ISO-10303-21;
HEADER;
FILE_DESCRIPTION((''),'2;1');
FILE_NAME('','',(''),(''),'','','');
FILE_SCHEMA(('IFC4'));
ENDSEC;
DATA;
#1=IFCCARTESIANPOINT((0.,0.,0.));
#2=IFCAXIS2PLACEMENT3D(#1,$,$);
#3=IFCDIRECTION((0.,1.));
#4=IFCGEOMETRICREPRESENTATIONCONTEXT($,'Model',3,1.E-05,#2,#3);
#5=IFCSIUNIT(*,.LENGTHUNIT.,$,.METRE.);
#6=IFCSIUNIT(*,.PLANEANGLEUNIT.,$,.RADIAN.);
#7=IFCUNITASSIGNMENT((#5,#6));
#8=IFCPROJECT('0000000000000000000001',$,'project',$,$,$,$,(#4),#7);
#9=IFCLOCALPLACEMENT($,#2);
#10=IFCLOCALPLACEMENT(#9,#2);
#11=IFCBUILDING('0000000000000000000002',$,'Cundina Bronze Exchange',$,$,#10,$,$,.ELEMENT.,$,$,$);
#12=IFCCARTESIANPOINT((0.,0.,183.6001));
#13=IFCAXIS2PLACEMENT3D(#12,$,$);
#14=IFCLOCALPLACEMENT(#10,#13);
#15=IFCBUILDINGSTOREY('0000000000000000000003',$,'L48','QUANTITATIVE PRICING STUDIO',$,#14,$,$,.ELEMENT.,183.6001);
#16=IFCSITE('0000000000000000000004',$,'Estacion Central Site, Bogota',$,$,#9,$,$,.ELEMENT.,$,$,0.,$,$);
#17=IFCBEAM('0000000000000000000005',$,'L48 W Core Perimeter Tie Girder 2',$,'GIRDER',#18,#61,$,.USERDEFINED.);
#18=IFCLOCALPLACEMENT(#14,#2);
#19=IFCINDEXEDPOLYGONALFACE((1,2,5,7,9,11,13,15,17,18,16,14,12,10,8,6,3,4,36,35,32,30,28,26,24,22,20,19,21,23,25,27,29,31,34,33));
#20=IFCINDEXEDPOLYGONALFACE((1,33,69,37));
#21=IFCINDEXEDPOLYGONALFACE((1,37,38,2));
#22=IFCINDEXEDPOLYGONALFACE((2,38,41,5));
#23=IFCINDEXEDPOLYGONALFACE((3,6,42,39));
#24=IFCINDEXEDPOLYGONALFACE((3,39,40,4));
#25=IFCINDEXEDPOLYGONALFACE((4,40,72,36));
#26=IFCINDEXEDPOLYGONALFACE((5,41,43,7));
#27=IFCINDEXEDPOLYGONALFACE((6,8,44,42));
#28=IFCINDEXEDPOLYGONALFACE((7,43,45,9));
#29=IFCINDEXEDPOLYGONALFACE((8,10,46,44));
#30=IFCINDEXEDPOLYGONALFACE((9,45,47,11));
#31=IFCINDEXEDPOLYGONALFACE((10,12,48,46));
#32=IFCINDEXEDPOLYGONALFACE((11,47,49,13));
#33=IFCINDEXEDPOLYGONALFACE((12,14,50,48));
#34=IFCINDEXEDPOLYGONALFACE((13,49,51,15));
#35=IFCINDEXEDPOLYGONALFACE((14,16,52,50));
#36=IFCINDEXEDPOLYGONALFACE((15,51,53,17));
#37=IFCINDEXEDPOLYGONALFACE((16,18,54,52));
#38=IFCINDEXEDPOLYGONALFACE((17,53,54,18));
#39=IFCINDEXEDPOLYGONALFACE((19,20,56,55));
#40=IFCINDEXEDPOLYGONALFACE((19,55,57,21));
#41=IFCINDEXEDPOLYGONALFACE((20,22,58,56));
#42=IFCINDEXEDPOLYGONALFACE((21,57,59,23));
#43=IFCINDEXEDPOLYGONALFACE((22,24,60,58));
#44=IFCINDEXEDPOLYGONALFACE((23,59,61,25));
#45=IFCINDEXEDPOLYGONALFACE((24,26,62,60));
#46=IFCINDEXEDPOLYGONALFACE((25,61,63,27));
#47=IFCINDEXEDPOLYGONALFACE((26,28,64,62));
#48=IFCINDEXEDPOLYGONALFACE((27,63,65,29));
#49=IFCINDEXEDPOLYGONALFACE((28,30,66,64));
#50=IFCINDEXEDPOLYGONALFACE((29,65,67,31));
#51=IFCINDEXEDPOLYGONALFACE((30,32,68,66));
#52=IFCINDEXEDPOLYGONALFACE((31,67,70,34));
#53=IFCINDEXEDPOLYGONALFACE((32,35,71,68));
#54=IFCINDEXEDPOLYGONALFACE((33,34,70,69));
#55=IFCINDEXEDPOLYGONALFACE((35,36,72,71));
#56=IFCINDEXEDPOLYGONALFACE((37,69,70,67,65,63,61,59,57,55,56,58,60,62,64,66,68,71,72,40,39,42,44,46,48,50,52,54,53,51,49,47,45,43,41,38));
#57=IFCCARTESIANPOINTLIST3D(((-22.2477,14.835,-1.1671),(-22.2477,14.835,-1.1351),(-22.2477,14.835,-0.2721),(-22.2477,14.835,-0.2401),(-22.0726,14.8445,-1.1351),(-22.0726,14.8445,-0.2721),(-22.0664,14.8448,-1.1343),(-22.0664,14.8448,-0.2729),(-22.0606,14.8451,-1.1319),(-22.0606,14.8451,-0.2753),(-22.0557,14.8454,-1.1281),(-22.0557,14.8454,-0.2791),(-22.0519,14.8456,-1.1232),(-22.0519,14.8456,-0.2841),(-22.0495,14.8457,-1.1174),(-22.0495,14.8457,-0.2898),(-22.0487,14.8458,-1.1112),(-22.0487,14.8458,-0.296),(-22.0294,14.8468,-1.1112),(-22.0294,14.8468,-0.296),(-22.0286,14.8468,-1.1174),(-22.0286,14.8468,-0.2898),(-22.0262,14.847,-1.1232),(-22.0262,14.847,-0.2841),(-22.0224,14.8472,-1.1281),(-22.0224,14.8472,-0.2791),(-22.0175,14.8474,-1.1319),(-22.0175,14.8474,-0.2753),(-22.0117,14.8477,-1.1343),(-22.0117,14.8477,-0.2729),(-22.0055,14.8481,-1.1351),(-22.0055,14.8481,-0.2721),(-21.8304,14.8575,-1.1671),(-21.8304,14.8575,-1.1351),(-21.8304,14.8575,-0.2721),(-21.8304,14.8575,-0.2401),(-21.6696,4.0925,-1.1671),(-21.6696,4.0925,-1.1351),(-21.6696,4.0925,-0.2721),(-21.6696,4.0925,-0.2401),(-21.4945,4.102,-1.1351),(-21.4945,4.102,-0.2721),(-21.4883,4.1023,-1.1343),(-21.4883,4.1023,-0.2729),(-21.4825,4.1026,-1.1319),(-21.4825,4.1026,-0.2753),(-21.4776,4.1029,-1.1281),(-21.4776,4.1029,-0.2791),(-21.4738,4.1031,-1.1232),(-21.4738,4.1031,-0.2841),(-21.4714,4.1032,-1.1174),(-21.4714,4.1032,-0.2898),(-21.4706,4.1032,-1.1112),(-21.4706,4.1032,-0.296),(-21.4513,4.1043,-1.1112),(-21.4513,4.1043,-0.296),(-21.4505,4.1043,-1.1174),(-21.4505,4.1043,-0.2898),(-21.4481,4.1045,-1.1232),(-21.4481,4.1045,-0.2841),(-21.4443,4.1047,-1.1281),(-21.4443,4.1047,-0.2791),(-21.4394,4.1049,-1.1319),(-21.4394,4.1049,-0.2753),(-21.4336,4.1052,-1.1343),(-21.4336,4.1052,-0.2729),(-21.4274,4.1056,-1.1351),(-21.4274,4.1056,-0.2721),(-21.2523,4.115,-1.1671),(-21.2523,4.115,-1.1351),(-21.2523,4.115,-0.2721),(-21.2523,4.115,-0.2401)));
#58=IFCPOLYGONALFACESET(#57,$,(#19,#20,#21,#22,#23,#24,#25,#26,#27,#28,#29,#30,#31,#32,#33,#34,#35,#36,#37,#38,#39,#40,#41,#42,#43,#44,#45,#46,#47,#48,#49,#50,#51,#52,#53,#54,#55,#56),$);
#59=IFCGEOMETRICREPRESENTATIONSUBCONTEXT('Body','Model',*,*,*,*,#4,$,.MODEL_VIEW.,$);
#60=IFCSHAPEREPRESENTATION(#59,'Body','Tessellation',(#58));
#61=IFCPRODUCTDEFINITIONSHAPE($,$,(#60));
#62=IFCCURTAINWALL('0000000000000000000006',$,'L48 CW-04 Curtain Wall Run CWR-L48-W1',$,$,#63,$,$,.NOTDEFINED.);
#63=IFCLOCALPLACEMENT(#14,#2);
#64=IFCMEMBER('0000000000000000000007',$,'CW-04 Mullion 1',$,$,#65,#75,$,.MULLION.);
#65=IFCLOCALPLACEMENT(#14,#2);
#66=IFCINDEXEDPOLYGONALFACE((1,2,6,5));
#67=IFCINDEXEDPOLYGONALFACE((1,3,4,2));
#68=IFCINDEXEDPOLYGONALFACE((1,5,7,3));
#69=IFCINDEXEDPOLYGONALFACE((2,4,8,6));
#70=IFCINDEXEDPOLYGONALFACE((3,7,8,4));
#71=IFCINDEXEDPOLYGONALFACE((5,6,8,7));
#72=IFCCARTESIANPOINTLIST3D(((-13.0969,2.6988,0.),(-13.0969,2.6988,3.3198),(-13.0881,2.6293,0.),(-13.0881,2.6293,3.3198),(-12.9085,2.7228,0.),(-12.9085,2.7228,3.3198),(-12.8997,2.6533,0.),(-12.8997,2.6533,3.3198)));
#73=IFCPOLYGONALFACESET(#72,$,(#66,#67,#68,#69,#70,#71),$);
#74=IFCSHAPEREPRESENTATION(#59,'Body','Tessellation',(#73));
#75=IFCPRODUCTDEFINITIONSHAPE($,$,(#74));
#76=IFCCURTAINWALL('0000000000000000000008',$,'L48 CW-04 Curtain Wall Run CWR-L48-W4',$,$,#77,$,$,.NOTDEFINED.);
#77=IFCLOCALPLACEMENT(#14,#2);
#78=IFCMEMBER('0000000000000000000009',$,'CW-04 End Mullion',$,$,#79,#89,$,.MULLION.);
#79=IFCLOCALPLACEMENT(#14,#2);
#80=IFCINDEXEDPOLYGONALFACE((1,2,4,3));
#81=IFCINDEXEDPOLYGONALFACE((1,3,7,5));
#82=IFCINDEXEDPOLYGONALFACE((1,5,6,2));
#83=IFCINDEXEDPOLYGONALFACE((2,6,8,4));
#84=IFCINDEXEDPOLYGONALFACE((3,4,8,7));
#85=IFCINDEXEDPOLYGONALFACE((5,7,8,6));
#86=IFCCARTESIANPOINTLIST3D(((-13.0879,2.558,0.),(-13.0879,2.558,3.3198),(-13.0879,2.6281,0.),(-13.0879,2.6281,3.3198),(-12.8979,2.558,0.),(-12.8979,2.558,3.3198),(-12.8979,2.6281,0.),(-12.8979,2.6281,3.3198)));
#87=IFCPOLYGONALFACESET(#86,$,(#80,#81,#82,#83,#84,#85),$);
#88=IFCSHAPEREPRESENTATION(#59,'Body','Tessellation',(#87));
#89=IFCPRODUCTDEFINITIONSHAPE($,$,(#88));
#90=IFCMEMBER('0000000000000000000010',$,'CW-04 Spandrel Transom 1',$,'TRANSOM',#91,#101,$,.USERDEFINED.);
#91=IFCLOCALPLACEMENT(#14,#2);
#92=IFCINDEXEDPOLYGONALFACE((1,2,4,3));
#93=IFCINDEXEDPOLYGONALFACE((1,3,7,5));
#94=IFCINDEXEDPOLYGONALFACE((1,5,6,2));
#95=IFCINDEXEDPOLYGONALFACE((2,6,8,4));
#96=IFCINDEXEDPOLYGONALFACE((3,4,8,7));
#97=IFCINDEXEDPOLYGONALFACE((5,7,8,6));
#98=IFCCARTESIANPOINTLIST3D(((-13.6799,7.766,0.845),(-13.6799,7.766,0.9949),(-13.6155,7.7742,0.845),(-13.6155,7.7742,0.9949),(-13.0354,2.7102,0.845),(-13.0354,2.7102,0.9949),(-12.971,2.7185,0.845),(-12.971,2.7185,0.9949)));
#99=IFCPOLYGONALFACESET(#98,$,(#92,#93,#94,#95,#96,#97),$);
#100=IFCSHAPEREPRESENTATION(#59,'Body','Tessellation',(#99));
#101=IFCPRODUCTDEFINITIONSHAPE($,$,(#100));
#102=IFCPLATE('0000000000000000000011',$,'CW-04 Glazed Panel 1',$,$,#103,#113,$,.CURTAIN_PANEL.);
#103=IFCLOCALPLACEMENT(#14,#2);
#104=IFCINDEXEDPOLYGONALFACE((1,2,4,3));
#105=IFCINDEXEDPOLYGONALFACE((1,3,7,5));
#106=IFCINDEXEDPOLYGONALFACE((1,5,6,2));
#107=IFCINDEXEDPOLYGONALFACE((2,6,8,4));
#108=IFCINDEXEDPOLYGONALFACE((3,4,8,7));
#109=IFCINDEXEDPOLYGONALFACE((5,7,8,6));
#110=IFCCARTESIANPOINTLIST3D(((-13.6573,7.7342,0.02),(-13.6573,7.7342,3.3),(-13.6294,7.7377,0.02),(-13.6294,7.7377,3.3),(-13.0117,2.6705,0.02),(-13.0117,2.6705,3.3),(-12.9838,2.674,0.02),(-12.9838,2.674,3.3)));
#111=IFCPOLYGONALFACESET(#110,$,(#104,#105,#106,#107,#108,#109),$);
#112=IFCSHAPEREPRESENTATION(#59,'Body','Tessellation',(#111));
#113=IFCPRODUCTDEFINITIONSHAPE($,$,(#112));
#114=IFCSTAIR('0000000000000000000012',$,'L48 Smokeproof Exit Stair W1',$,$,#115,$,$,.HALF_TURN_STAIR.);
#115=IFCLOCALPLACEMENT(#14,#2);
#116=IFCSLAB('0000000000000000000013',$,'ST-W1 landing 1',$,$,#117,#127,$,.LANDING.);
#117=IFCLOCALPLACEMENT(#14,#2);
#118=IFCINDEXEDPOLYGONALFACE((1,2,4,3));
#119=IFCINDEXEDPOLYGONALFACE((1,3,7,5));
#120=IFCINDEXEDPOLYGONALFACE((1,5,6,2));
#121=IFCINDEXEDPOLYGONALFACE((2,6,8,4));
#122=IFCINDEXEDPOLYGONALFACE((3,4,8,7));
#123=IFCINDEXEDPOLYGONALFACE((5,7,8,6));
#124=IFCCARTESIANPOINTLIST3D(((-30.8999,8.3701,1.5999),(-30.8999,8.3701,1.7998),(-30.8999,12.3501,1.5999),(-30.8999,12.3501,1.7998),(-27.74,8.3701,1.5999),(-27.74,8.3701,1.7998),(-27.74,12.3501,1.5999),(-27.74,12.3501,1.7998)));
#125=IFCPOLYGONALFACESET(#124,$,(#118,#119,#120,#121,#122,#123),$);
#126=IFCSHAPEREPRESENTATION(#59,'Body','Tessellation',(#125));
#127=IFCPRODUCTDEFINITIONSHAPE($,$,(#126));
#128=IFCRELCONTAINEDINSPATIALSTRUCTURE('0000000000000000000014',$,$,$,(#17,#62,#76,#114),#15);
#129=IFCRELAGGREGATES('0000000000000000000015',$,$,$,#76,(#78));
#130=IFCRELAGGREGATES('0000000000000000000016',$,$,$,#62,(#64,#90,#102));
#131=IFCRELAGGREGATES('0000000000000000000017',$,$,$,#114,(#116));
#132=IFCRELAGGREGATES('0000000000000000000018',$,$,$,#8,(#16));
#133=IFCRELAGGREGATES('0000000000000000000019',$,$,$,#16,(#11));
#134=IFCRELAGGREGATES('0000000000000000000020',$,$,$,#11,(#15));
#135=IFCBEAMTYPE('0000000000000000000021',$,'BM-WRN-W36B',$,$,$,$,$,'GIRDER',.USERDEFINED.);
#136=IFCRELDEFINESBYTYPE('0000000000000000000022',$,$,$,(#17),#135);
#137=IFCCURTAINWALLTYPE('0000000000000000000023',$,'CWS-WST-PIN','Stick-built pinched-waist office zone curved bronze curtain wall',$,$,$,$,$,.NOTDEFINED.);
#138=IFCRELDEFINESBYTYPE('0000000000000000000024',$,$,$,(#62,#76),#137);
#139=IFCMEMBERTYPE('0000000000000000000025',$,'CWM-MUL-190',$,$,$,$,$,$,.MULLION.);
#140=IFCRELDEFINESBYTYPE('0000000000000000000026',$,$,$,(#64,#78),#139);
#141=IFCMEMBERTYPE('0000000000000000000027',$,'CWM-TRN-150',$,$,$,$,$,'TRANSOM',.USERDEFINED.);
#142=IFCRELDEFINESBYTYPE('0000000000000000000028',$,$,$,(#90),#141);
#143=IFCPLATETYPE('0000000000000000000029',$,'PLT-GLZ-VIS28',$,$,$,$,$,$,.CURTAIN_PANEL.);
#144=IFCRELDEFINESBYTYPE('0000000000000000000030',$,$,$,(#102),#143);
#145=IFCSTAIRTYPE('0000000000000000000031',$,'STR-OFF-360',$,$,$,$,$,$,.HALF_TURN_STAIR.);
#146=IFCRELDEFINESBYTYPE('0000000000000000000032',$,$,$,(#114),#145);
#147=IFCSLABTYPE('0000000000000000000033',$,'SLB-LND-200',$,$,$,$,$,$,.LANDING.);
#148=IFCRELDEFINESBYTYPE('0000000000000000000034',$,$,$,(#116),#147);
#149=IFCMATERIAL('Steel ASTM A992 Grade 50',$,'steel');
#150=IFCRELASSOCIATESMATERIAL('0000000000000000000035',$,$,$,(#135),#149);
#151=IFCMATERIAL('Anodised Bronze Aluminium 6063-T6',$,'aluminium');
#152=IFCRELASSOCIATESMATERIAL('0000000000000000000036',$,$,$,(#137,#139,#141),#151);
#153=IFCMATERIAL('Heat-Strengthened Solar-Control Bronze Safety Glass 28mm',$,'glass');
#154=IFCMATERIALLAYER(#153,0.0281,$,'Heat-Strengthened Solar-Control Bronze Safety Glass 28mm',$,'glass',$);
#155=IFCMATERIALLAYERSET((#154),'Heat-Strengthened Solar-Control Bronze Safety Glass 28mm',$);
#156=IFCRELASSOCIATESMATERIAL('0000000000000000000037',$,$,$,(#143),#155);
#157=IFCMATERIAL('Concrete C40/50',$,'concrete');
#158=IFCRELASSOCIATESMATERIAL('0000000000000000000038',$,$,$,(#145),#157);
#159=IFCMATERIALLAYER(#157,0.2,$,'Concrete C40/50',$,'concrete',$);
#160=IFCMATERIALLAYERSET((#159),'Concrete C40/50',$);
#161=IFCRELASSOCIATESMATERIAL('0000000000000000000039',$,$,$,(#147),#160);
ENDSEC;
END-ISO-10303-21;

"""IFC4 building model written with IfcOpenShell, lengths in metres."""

from ifc_helpers import new_model, si_unit, direction, frame, origin, origin_2d, place, context, subcontext, project, spatial, polyline, rectangle, i_section, outline, extrude, material, layer, layer_set, material_profile, profile_set, type_object, element, aggregate, save


model = new_model("IFC4")

# Units and contexts
model_context = context("Model", 3, precision=1e-05, world=origin(), true_north=direction((0.0, 1.0)))
body_context = subcontext(model_context, "Body", "Model", "MODEL_VIEW")
ifc_project = project(units=[si_unit("LENGTHUNIT", "METRE"), si_unit("PLANEANGLEUNIT", "RADIAN")], contexts=[model_context])

# Site, building, storey
site_placement = place(None, origin())
site = spatial("IfcSite", under=ifc_project, at=site_placement, Name="Estacion Central Site, Bogota", CompositionType="ELEMENT", RefElevation=0.0)
building_placement = place(site_placement, origin())
building = spatial("IfcBuilding", under=site, at=building_placement, Name="Cundina Bronze Exchange", CompositionType="ELEMENT")
storey_placement = place(building_placement, frame((0.0, 0.0, 183.6001)))
storey = spatial("IfcBuildingStorey", under=building, at=storey_placement, Name="L48", Description="QUANTITATIVE PRICING STUDIO", CompositionType="ELEMENT", Elevation=183.6001)

# Shared definitions
ifc_material_1 = material(Name="Steel ASTM A992 Grade 50", Category="steel")

# Beam
ifc_material_profile_1 = material_profile(ifc_material_1, i_section(OverallWidth=0.418, OverallDepth=0.927, WebThickness=0.0193, FlangeThickness=0.032, FilletRadius=0.0239, at=origin_2d()), Name="W36X231", Category="steel")
ifc_profile_set_1 = profile_set([ifc_material_profile_1], Name="Steel ASTM A992 Grade 50")
beam_type_1 = type_object("IfcBeamType", Name="BM-WRN-W36B", ElementType="GIRDER", PredefinedType="USERDEFINED", material=ifc_profile_set_1)
beam_1_placement = place(storey_placement, frame((-21.4609, 4.1038, -0.7036), z_axis=(-0.053739, 0.998555, 0.0), x_axis=(-0.998555, -0.053739, 0.0)))
element("IfcBeam", 1, at=beam_1_placement, inside=storey, type_object=beam_type_1, Name="L48 W Core Perimeter Tie Girder 2", ObjectType="GIRDER", PredefinedType="USERDEFINED", context=body_context, shape_type="SweptSolid", body=[
    extrude(i_section(OverallWidth=0.418, OverallDepth=0.927, WebThickness=0.0193, FlangeThickness=0.032, FilletRadius=0.0239, at=origin_2d()), origin(), (0.0, 0.0, 1.0), 10.7581),
])

# Curtain walls, members
ifc_material_2 = material(Name="Anodised Bronze Aluminium 6063-T6", Category="aluminium")
curtain_wall_type = type_object("IfcCurtainWallType", Name="CWS-WST-PIN", Description="Stick-built pinched-waist office zone curved bronze curtain wall", PredefinedType="NOTDEFINED", material=ifc_material_2)
curtain_wall_1_placement = place(storey_placement, origin())
curtain_wall_1 = element("IfcCurtainWall", 2, at=curtain_wall_1_placement, inside=storey, type_object=curtain_wall_type, Name="L48 CW-04 Curtain Wall Run CWR-L48-W1", PredefinedType="NOTDEFINED")
ifc_material_profile_2 = material_profile(ifc_material_2, rectangle(XDim=0.0701, YDim=0.1899, at=origin_2d()), Name="AL70X190", Category="aluminium")
ifc_profile_set_2 = profile_set([ifc_material_profile_2], Name="Anodised Bronze Aluminium 6063-T6")
member_type_1 = type_object("IfcMemberType", Name="CWM-MUL-190", PredefinedType="MULLION", material=ifc_profile_set_2)
member_1_placement = place(storey_placement, frame((-12.9983, 2.676, 0.0), z_axis=(0.0, 0.0, 1.0), x_axis=(-0.126545, 0.991961, 0.0)))
member_1 = element("IfcMember", 3, at=member_1_placement, type_object=member_type_1, Name="CW-04 Mullion 1", PredefinedType="MULLION", context=body_context, shape_type="SweptSolid", body=[
    extrude(rectangle(XDim=0.0701, YDim=0.1899, at=origin_2d()), origin(), (0.0, 0.0, 1.0), 3.3198),
])
curtain_wall_2_placement = place(storey_placement, origin())
curtain_wall_2 = element("IfcCurtainWall", 4, at=curtain_wall_2_placement, inside=storey, type_object=curtain_wall_type, Name="L48 CW-04 Curtain Wall Run CWR-L48-W4", PredefinedType="NOTDEFINED")
member_2_placement = place(storey_placement, frame((-12.9929, 2.593, 0.0), z_axis=(0.0, 0.0, 1.0), x_axis=(0.0, 1.0, 0.0)))
member_2 = element("IfcMember", 5, at=member_2_placement, type_object=member_type_1, Name="CW-04 End Mullion", PredefinedType="MULLION", context=body_context, shape_type="SweptSolid", body=[
    extrude(rectangle(XDim=0.0701, YDim=0.1899, at=origin_2d()), origin(), (0.0, 0.0, 1.0), 3.3198),
])
aggregate(curtain_wall_2, [member_2])

# Member
ifc_material_profile_3 = material_profile(ifc_material_2, rectangle(XDim=0.0649, YDim=0.1499, at=origin_2d()), Name="AL65X150", Category="aluminium")
ifc_profile_set_3 = profile_set([ifc_material_profile_3], Name="Anodised Bronze Aluminium 6063-T6")
member_type_2 = type_object("IfcMemberType", Name="CWM-TRN-150", ElementType="TRANSOM", PredefinedType="USERDEFINED", material=ifc_profile_set_3)
member_3_placement = place(storey_placement, frame((-13.0032, 2.7144, 0.9199), z_axis=(-0.126463, 0.991971, 0.0), x_axis=(-0.991971, -0.126463, 0.0)))
member_3 = element("IfcMember", 6, at=member_3_placement, type_object=member_type_2, Name="CW-04 Spandrel Transom 1", ObjectType="TRANSOM", PredefinedType="USERDEFINED", context=body_context, shape_type="SweptSolid", body=[
    extrude(rectangle(XDim=0.0649, YDim=0.1499, at=origin_2d()), origin(), (0.0, 0.0, 1.0), 5.0967),
])

# Plate
ifc_material_3 = material(Name="Heat-Strengthened Solar-Control Bronze Safety Glass 28mm", Category="glass")
ifc_layer_1 = layer(ifc_material_3, 0.0281, Name="Heat-Strengthened Solar-Control Bronze Safety Glass 28mm", Category="glass")
ifc_layer_set_1 = layer_set([ifc_layer_1], Name="Heat-Strengthened Solar-Control Bronze Safety Glass 28mm")
plate_type = type_object("IfcPlateType", Name="PLT-GLZ-VIS28", PredefinedType="CURTAIN_PANEL", material=ifc_layer_set_1)
plate_placement = place(storey_placement, frame((-13.3206, 5.2041, 0.02), z_axis=(0.0, 0.0, 1.0), x_axis=(-0.126476, 0.99197, 0.0)))
plate = element("IfcPlate", 7, at=plate_placement, type_object=plate_type, Name="CW-04 Glazed Panel 1", PredefinedType="CURTAIN_PANEL", context=body_context, shape_type="SweptSolid", body=[
    extrude(rectangle(XDim=5.1047, YDim=0.0281, at=origin_2d()), origin(), (0.0, 0.0, 1.0), 3.28),
])
aggregate(curtain_wall_1, [member_1, member_3, plate])

# Stair, slab
ifc_material_4 = material(Name="Concrete C40/50", Category="concrete")
stair_type = type_object("IfcStairType", Name="STR-OFF-360", PredefinedType="HALF_TURN_STAIR", material=ifc_material_4)
stair_placement = place(storey_placement, origin())
stair = element("IfcStair", 8, at=stair_placement, inside=storey, type_object=stair_type, Name="L48 Smokeproof Exit Stair W1", PredefinedType="HALF_TURN_STAIR")
ifc_layer_2 = layer(ifc_material_4, 0.2, Name="Concrete C40/50", Category="concrete")
ifc_layer_set_2 = layer_set([ifc_layer_2], Name="Concrete C40/50")
slab_type_1 = type_object("IfcSlabType", Name="SLB-LND-200", PredefinedType="LANDING", material=ifc_layer_set_2)
slab_1_placement = place(storey_placement, frame((0.0, 0.0, 1.5999)))
slab_1 = element("IfcSlab", 9, at=slab_1_placement, type_object=slab_type_1, Name="ST-W1 landing 1", PredefinedType="LANDING", context=body_context, shape_type="SweptSolid", body=[
    extrude(outline(polyline([(-27.74, 8.3701), (-27.74, 12.3501), (-30.8999, 12.3501), (-30.8999, 8.3701), (-27.74, 8.3701)])), origin(), (0.0, 0.0, 1.0), 0.2),
])

aggregate(stair, [slab_1])

save(model, "model.ifc")
